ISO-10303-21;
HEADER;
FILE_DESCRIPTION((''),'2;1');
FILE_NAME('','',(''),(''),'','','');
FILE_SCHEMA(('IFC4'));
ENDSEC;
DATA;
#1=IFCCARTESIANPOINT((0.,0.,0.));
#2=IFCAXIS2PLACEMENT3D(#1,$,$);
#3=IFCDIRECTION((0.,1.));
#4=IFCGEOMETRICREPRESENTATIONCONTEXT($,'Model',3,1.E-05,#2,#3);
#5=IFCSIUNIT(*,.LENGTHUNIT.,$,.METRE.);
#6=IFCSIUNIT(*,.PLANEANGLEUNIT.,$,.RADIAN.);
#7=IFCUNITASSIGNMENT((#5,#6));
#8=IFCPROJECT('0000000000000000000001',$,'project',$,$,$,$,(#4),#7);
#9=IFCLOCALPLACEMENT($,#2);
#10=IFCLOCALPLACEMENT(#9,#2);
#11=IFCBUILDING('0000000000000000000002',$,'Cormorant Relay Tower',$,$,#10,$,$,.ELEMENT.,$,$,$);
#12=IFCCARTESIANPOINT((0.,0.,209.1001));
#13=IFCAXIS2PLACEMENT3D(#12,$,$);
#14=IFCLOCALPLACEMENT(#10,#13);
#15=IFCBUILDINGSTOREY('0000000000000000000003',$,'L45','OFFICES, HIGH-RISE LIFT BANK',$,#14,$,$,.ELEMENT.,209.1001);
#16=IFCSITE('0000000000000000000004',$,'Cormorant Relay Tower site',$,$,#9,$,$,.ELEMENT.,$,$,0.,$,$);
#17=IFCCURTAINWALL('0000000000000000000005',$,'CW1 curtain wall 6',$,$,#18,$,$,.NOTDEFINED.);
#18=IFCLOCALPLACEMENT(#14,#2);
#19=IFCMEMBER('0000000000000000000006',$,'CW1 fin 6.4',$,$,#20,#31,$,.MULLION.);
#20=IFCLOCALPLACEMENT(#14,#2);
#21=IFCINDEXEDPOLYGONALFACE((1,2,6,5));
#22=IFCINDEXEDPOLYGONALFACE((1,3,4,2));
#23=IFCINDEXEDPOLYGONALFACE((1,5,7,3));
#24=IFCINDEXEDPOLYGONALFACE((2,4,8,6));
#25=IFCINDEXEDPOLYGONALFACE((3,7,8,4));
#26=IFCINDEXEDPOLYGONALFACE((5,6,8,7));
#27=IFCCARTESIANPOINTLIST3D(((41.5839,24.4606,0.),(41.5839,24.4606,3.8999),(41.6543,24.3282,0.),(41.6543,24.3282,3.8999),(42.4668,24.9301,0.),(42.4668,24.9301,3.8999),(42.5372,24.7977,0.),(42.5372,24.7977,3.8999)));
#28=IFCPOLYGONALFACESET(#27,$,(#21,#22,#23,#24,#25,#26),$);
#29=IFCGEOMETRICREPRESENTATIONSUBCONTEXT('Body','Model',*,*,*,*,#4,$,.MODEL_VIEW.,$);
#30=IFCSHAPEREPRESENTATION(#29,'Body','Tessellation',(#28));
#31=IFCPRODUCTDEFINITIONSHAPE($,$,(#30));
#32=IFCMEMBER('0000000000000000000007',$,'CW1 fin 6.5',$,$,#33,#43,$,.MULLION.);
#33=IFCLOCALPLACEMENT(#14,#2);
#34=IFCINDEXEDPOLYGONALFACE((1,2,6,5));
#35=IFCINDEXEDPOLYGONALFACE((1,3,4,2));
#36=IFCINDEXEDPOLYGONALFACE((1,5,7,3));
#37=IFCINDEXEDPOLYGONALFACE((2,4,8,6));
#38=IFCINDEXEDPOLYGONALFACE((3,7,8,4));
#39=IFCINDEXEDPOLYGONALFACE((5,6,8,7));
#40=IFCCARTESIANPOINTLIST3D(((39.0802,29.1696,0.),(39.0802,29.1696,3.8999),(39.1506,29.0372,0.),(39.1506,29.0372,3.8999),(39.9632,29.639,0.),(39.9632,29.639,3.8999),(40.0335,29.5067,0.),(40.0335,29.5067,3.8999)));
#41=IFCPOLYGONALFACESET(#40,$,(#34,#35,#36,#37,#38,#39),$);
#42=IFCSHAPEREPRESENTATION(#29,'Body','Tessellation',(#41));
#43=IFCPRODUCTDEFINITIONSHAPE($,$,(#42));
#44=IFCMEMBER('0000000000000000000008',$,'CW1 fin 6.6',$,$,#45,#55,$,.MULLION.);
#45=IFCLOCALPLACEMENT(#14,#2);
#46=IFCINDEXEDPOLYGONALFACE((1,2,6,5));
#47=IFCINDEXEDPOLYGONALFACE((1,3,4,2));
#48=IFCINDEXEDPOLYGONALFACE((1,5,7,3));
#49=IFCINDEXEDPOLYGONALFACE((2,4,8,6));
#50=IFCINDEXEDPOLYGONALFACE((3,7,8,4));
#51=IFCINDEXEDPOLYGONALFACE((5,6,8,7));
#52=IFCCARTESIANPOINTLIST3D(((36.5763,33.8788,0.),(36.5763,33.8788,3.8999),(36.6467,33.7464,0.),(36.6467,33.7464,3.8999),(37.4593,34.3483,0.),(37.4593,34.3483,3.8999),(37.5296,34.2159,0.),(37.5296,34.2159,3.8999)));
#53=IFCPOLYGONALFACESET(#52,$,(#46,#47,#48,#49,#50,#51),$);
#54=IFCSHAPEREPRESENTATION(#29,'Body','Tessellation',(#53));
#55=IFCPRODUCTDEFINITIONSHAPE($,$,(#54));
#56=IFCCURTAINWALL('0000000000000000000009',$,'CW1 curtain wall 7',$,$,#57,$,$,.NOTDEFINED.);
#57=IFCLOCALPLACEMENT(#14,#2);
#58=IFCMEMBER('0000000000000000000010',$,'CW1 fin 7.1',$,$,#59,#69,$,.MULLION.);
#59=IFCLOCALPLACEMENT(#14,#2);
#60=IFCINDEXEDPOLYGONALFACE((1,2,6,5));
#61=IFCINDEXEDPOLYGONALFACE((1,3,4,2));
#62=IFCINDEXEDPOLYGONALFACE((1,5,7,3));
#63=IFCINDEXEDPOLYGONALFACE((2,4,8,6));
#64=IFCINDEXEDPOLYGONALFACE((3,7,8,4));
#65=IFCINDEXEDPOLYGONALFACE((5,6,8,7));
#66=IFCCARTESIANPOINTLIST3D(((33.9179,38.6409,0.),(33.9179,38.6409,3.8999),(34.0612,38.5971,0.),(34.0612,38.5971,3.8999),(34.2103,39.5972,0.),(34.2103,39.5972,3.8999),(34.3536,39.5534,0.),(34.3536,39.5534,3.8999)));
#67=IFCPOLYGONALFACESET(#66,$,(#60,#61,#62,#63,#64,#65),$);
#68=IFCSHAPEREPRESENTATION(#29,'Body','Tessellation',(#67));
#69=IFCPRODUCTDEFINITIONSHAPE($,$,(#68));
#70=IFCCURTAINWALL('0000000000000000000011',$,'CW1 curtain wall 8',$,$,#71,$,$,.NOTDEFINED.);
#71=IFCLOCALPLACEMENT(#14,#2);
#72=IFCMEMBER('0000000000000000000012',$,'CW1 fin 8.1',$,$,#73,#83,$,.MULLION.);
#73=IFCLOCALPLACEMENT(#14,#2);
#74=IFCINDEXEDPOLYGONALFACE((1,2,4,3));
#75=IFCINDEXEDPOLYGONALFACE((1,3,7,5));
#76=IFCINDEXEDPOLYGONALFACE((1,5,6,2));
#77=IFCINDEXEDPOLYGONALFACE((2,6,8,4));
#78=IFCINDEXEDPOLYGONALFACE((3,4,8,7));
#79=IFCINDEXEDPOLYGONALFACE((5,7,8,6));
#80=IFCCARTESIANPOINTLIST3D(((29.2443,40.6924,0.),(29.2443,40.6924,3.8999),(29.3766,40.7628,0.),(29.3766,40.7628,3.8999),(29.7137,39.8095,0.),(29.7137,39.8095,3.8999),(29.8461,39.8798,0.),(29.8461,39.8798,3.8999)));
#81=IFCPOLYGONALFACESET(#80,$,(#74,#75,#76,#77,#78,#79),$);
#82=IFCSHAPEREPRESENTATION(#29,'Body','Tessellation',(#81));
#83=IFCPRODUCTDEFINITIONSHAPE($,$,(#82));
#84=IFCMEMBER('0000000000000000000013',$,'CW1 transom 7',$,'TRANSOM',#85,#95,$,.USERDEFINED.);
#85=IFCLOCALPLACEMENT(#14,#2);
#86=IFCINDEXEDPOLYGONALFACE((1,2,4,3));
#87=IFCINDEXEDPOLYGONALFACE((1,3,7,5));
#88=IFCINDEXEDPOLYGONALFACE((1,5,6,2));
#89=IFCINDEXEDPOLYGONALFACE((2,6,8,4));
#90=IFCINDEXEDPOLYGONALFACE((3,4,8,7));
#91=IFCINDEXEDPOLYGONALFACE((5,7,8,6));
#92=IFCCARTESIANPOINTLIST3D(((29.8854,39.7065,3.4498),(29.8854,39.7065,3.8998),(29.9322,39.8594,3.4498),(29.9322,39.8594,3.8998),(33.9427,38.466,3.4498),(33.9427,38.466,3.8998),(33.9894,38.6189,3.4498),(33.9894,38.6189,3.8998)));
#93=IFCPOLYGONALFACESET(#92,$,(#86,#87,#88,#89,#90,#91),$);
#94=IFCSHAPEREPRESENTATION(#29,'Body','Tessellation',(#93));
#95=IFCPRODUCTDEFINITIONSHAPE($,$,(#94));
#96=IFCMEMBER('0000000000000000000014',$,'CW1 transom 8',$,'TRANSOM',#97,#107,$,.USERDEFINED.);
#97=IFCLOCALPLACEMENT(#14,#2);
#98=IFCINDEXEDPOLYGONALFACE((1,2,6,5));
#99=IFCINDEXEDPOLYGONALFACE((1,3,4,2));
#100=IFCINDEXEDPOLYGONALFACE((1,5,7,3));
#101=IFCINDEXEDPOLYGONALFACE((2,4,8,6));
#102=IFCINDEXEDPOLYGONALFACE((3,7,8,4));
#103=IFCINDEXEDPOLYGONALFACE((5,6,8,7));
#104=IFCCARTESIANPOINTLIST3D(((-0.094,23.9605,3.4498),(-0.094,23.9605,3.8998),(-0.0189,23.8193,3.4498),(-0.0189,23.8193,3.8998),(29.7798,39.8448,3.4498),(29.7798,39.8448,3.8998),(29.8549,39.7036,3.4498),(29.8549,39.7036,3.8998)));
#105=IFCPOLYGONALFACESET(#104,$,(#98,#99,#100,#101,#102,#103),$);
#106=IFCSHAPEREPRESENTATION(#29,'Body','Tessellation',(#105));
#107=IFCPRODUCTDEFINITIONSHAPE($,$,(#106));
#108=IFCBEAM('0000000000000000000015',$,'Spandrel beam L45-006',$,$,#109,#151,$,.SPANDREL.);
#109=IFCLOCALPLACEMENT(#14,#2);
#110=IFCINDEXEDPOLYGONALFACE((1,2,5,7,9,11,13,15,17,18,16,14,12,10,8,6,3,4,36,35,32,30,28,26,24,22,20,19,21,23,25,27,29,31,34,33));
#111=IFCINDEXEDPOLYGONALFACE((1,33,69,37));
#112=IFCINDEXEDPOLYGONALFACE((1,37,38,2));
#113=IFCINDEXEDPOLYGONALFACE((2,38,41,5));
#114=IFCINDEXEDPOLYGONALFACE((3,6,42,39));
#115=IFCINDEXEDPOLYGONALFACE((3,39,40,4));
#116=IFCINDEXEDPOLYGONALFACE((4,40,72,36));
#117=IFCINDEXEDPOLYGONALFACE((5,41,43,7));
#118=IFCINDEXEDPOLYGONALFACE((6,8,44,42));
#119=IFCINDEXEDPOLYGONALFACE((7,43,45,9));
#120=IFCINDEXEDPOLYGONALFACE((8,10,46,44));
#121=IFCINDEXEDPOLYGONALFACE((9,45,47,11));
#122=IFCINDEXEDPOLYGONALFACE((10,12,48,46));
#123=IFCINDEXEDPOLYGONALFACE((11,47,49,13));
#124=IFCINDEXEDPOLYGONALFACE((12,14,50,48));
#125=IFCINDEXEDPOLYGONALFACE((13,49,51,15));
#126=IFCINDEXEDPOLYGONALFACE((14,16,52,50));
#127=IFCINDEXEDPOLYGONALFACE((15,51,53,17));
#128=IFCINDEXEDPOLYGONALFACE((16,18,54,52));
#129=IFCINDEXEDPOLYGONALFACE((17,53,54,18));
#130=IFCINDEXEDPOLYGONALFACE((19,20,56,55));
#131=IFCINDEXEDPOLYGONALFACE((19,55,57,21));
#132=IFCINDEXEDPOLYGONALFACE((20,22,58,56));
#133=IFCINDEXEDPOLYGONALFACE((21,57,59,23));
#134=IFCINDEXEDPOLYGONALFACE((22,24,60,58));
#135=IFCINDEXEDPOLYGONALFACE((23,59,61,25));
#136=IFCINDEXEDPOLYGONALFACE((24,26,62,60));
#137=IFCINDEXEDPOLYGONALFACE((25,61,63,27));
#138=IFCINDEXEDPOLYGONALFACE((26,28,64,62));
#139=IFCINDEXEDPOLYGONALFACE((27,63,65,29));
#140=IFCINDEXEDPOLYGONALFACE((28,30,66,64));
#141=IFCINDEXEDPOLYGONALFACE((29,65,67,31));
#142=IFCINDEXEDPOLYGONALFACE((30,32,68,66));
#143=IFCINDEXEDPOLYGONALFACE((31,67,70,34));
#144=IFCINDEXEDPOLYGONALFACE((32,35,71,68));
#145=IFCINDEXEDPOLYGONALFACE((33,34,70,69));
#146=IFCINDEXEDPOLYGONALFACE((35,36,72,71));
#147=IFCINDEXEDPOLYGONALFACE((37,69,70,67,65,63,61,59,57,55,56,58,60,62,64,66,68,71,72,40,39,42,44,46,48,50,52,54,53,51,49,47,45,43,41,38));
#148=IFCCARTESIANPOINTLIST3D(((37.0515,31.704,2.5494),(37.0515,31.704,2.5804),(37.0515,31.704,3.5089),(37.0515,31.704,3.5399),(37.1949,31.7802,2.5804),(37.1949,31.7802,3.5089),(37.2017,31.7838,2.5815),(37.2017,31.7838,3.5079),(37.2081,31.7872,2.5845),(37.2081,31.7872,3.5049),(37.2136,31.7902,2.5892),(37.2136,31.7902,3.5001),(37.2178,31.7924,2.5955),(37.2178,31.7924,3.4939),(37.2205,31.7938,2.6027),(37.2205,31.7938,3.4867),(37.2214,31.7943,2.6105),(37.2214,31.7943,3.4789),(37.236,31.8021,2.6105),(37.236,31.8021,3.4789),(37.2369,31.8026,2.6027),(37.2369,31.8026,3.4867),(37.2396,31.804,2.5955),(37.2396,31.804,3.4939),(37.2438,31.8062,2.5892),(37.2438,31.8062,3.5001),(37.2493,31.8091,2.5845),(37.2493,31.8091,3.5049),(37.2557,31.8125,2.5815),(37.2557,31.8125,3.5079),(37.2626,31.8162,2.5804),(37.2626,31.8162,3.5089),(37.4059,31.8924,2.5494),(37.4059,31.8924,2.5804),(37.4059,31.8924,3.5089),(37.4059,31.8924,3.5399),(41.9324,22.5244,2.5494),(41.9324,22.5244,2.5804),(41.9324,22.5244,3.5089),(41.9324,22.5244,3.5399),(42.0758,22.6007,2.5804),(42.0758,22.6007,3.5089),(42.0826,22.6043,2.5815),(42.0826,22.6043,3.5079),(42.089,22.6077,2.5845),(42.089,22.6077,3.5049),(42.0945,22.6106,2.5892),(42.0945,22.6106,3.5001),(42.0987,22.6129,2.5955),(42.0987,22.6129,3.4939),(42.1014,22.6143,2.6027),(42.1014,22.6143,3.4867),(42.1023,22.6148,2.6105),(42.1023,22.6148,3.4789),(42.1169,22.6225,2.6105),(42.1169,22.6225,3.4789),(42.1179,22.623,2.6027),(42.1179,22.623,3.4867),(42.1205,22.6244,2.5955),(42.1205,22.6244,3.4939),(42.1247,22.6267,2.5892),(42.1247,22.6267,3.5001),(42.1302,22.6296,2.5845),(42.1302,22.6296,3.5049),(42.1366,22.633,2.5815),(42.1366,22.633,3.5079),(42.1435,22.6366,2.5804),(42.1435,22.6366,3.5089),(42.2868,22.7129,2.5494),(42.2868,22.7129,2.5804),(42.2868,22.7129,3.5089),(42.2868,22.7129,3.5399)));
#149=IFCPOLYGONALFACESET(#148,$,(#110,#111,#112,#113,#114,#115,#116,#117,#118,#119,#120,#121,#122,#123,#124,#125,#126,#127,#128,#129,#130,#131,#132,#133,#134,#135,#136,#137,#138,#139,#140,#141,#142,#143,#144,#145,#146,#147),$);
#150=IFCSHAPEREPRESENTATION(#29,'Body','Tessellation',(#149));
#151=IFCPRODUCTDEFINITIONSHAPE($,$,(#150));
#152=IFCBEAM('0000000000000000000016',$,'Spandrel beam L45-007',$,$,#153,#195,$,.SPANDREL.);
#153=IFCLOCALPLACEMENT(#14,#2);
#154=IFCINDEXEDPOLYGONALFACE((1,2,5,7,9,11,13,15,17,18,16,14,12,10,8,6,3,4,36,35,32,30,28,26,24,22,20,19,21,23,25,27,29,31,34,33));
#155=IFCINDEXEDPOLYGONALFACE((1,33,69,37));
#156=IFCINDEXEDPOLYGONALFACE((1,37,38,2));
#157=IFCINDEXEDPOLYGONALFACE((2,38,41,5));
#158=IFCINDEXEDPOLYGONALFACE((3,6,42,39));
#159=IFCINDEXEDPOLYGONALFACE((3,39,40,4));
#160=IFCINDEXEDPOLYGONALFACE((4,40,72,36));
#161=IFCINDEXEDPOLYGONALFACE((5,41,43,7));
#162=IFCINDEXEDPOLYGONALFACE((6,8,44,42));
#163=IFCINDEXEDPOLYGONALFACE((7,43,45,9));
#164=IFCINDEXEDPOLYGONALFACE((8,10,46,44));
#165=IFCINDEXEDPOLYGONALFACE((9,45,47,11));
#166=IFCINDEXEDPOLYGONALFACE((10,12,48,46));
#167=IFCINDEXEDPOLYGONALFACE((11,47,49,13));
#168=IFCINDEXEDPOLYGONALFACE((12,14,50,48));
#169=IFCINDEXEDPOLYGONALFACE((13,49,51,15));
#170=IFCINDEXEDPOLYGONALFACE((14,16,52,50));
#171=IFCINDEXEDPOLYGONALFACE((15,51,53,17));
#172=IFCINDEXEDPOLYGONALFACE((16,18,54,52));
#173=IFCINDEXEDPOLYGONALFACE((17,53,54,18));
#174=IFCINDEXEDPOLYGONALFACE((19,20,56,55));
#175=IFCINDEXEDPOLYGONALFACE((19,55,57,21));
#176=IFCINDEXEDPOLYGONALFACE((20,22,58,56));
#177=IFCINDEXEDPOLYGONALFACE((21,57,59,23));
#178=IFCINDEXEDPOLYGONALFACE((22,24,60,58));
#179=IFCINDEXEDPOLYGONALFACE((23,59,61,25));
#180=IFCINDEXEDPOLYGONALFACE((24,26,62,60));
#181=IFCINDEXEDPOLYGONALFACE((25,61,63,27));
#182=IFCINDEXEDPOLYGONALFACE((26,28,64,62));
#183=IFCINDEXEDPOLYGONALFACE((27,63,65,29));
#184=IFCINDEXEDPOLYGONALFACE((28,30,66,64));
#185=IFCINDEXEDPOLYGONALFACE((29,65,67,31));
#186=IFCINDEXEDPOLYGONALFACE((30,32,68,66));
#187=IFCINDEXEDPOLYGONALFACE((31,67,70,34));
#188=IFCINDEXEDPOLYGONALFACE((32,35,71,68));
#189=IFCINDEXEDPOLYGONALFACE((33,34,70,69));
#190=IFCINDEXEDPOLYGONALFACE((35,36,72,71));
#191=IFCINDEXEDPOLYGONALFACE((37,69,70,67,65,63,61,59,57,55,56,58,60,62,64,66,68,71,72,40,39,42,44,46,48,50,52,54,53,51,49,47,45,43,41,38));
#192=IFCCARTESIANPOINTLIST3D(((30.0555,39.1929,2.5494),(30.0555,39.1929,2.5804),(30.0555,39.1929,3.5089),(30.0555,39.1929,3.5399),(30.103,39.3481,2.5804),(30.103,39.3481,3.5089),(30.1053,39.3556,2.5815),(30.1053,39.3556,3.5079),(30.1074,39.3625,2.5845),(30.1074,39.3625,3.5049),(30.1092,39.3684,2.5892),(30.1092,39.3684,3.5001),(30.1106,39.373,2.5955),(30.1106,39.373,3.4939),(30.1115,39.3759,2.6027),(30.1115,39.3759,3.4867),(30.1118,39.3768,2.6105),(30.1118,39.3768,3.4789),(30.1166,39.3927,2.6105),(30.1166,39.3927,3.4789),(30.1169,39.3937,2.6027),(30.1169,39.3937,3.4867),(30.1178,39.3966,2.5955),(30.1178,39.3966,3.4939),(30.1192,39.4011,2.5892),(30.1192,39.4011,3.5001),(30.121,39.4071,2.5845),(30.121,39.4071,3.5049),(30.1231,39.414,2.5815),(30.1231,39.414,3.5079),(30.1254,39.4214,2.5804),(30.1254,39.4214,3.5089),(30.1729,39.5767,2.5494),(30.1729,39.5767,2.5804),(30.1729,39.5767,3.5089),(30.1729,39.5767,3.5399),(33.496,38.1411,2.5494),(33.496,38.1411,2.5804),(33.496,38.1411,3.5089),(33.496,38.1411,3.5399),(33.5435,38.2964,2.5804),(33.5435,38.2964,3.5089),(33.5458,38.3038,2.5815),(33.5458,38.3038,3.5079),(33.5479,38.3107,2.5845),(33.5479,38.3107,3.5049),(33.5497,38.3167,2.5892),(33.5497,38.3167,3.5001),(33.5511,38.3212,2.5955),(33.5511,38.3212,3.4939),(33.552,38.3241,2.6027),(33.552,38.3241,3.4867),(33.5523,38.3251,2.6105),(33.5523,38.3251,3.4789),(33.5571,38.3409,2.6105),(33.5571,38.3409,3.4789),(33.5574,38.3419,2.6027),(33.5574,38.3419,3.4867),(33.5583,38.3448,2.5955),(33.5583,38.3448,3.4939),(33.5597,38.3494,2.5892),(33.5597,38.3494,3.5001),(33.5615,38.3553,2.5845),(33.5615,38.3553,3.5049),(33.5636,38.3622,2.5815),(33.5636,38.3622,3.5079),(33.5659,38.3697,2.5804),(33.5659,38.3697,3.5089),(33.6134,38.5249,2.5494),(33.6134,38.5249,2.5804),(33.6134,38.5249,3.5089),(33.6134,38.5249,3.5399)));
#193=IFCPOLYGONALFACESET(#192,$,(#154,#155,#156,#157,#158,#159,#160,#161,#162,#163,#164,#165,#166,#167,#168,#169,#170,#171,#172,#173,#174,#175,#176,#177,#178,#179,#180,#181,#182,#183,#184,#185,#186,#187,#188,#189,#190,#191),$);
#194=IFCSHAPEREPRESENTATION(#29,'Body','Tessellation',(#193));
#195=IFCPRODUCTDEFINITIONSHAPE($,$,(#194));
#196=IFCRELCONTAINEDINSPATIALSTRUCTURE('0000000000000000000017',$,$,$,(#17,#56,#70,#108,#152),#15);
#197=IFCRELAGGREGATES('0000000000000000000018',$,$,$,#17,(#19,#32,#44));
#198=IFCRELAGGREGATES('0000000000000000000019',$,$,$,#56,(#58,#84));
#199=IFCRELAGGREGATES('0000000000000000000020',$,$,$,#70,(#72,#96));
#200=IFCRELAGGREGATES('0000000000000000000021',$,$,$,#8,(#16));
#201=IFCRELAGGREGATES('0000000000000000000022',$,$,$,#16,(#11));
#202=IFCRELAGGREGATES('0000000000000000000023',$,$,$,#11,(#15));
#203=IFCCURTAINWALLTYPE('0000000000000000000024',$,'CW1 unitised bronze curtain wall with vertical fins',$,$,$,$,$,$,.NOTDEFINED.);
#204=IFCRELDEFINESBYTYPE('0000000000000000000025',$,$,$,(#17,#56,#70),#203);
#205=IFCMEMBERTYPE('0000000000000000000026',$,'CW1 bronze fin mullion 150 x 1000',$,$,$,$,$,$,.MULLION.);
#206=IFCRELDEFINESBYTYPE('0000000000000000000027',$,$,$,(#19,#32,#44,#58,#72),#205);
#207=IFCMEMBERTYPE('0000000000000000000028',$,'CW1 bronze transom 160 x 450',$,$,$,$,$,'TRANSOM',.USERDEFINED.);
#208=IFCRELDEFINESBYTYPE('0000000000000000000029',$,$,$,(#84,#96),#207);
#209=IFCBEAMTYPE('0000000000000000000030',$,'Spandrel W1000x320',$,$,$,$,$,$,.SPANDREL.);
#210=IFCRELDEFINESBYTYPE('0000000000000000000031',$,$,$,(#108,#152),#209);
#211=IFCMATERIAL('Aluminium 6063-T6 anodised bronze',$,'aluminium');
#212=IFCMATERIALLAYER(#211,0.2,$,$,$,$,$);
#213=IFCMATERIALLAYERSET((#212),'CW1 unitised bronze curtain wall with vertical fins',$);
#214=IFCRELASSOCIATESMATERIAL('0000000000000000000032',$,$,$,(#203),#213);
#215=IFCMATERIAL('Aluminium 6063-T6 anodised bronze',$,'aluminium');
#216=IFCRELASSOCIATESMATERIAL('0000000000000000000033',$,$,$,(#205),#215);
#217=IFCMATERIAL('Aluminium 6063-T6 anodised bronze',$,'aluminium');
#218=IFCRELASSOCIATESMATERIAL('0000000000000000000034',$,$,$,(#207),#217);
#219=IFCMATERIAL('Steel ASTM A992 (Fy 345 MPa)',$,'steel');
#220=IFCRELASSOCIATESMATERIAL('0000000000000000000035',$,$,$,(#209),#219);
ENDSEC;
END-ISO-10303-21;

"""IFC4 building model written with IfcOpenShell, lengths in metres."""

from ifc_helpers import new_model, si_unit, direction, frame, origin, origin_2d, place, context, subcontext, project, spatial, rectangle, i_section, extrude, material, layer, layer_set, material_profile, profile_set, type_object, element, aggregate, save


model = new_model("IFC4")

# Units and contexts
model_context = context("Model", 3, precision=1e-05, world=origin(), true_north=direction((0.0, 1.0)))
body_context = subcontext(model_context, "Body", "Model", "MODEL_VIEW")
ifc_project = project(units=[si_unit("LENGTHUNIT", "METRE"), si_unit("PLANEANGLEUNIT", "RADIAN")], contexts=[model_context])

# Site, building, storey
site_placement = place(None, origin())
site = spatial("IfcSite", under=ifc_project, at=site_placement, Name="Cormorant Relay Tower site", CompositionType="ELEMENT", RefElevation=0.0)
building_placement = place(site_placement, origin())
building = spatial("IfcBuilding", under=site, at=building_placement, Name="Cormorant Relay Tower", CompositionType="ELEMENT")
storey_placement = place(building_placement, frame((0.0, 0.0, 209.1001)))
storey = spatial("IfcBuildingStorey", under=building, at=storey_placement, Name="L45", Description="OFFICES, HIGH-RISE LIFT BANK", CompositionType="ELEMENT", Elevation=209.1001)

# Curtain wall, members
ifc_material_1 = material(Name="Aluminium 6063-T6 anodised bronze", Category="aluminium")
ifc_layer_1 = layer(ifc_material_1, 0.2)
ifc_layer_set_1 = layer_set([ifc_layer_1], Name="CW1 unitised bronze curtain wall with vertical fins")
curtain_wall_type = type_object("IfcCurtainWallType", Name="CW1 unitised bronze curtain wall with vertical fins", PredefinedType="NOTDEFINED", material=ifc_layer_set_1)
curtain_wall_1_placement = place(storey_placement, origin())
curtain_wall_1 = element("IfcCurtainWall", 1, at=curtain_wall_1_placement, inside=storey, type_object=curtain_wall_type, Name="CW1 curtain wall 6", PredefinedType="NOTDEFINED")
ifc_material_2 = material(Name="Aluminium 6063-T6 anodised bronze", Category="aluminium")
ifc_material_profile_1 = material_profile(ifc_material_2, rectangle(XDim=0.1499, YDim=1.0, at=origin_2d()), Name="AL 150x1000")
ifc_profile_set_1 = profile_set([ifc_material_profile_1], Name="Aluminium 6063-T6 anodised bronze")
member_type_1 = type_object("IfcMemberType", Name="CW1 bronze fin mullion 150 x 1000", PredefinedType="MULLION", material=ifc_profile_set_1)
member_1_placement = place(storey_placement, frame((42.0605, 24.6292, 0.0), z_axis=(0.0, 0.0, 1.0), x_axis=(-0.469472, 0.882948, 0.0)))
member_1 = element("IfcMember", 2, at=member_1_placement, type_object=member_type_1, Name="CW1 fin 6.4", PredefinedType="MULLION", context=body_context, shape_type="SweptSolid", body=[
    extrude(rectangle(XDim=0.1499, YDim=1.0, at=origin_2d()), origin(), (0.0, 0.0, 1.0), 3.8999),
])
member_2_placement = place(storey_placement, frame((39.5569, 29.3381, 0.0), z_axis=(0.0, 0.0, 1.0), x_axis=(-0.469472, 0.882948, 0.0)))
member_2 = element("IfcMember", 3, at=member_2_placement, type_object=member_type_1, Name="CW1 fin 6.5", PredefinedType="MULLION", context=body_context, shape_type="SweptSolid", body=[
    extrude(rectangle(XDim=0.1499, YDim=1.0, at=origin_2d()), origin(), (0.0, 0.0, 1.0), 3.8999),
])
member_3_placement = place(storey_placement, frame((37.053, 34.0474, 0.0), z_axis=(0.0, 0.0, 1.0), x_axis=(-0.469472, 0.882948, 0.0)))
member_3 = element("IfcMember", 4, at=member_3_placement, type_object=member_type_1, Name="CW1 fin 6.6", PredefinedType="MULLION", context=body_context, shape_type="SweptSolid", body=[
    extrude(rectangle(XDim=0.1499, YDim=1.0, at=origin_2d()), origin(), (0.0, 0.0, 1.0), 3.8999),
])

# Curtain walls, members
curtain_wall_2_placement = place(storey_placement, origin())
curtain_wall_2 = element("IfcCurtainWall", 5, at=curtain_wall_2_placement, inside=storey, type_object=curtain_wall_type, Name="CW1 curtain wall 7", PredefinedType="NOTDEFINED")
member_4_placement = place(storey_placement, frame((34.1357, 39.0972, 0.0), z_axis=(0.0, 0.0, 1.0), x_axis=(-0.956305, 0.292372, 0.0)))
member_4 = element("IfcMember", 6, at=member_4_placement, type_object=member_type_1, Name="CW1 fin 7.1", PredefinedType="MULLION", context=body_context, shape_type="SweptSolid", body=[
    extrude(rectangle(XDim=0.1499, YDim=1.0, at=origin_2d()), origin(), (0.0, 0.0, 1.0), 3.8999),
])
curtain_wall_3_placement = place(storey_placement, origin())
curtain_wall_3 = element("IfcCurtainWall", 7, at=curtain_wall_3_placement, inside=storey, type_object=curtain_wall_type, Name="CW1 curtain wall 8", PredefinedType="NOTDEFINED")
member_5_placement = place(storey_placement, frame((29.5452, 40.2861, 0.0), z_axis=(0.0, 0.0, 1.0), x_axis=(-0.882948, -0.469472, 0.0)))
member_5 = element("IfcMember", 8, at=member_5_placement, type_object=member_type_1, Name="CW1 fin 8.1", PredefinedType="MULLION", context=body_context, shape_type="SweptSolid", body=[
    extrude(rectangle(XDim=0.1499, YDim=1.0, at=origin_2d()), origin(), (0.0, 0.0, 1.0), 3.8999),
])

# Members
ifc_material_3 = material(Name="Aluminium 6063-T6 anodised bronze", Category="aluminium")
ifc_material_profile_2 = material_profile(ifc_material_3, rectangle(XDim=0.1599, YDim=0.45, at=origin_2d()), Name="AL 160x450")
ifc_profile_set_2 = profile_set([ifc_material_profile_2], Name="Aluminium 6063-T6 anodised bronze")
member_type_2 = type_object("IfcMemberType", Name="CW1 bronze transom 160 x 450", ElementType="TRANSOM", PredefinedType="USERDEFINED", material=ifc_profile_set_2)
member_6_placement = place(storey_placement, frame((33.9661, 38.5425, 3.6748), z_axis=(-0.956304, 0.292375, 0.0), x_axis=(-0.292375, -0.956304, 0.0)))
member_6 = element("IfcMember", 9, at=member_6_placement, type_object=member_type_2, Name="CW1 transom 7", ObjectType="TRANSOM", PredefinedType="USERDEFINED", context=body_context, shape_type="SweptSolid", body=[
    extrude(rectangle(XDim=0.1599, YDim=0.45, at=origin_2d()), origin(), (0.0, 0.0, 1.0), 4.2427),
])
member_7_placement = place(storey_placement, frame((29.8174, 39.7742, 3.6748), z_axis=(-0.882946, -0.469474, 0.0), x_axis=(0.469474, -0.882946, 0.0)))
member_7 = element("IfcMember", 10, at=member_7_placement, type_object=member_type_2, Name="CW1 transom 8", ObjectType="TRANSOM", PredefinedType="USERDEFINED", context=body_context, shape_type="SweptSolid", body=[
    extrude(rectangle(XDim=0.1599, YDim=0.45, at=origin_2d()), origin(), (0.0, 0.0, 1.0), 33.8342),
])

# Beams
ifc_material_4 = material(Name="Steel ASTM A992 (Fy 345 MPa)", Category="steel")
ifc_material_profile_3 = material_profile(ifc_material_4, i_section(OverallWidth=0.4014, OverallDepth=0.9905, WebThickness=0.0166, FlangeThickness=0.031, FilletRadius=0.03, at=origin_2d()), Name="W1000x320")
ifc_profile_set_3 = profile_set([ifc_material_profile_3], Name="Steel ASTM A992 (Fy 345 MPa)")
beam_type_1 = type_object("IfcBeamType", Name="Spandrel W1000x320", PredefinedType="SPANDREL", material=ifc_profile_set_3)
beam_1_placement = place(storey_placement, frame((42.1096, 22.6187, 3.0447), z_axis=(-0.469476, 0.882945, 0.0), x_axis=(-0.882945, -0.469476, 0.0)))
element("IfcBeam", 11, at=beam_1_placement, inside=storey, type_object=beam_type_1, Name="Spandrel beam L45-006", PredefinedType="SPANDREL", context=body_context, shape_type="SweptSolid", body=[
    extrude(i_section(OverallWidth=0.4014, OverallDepth=0.9905, WebThickness=0.0166, FlangeThickness=0.031, FilletRadius=0.03, at=origin_2d()), origin(), (0.0, 0.0, 1.0), 10.3965),
])
beam_2_placement = place(storey_placement, frame((33.5547, 38.333, 3.0447), z_axis=(-0.956312, 0.29235, 0.0), x_axis=(-0.29235, -0.956312, 0.0)))
element("IfcBeam", 12, at=beam_2_placement, inside=storey, type_object=beam_type_1, Name="Spandrel beam L45-007", PredefinedType="SPANDREL", context=body_context, shape_type="SweptSolid", body=[
    extrude(i_section(OverallWidth=0.4014, OverallDepth=0.9905, WebThickness=0.0166, FlangeThickness=0.031, FilletRadius=0.03, at=origin_2d()), origin(), (0.0, 0.0, 1.0), 3.5977),
])

aggregate(curtain_wall_1, [member_1, member_2, member_3])
aggregate(curtain_wall_2, [member_4, member_6])
aggregate(curtain_wall_3, [member_5, member_7])

save(model, "model.ifc")
